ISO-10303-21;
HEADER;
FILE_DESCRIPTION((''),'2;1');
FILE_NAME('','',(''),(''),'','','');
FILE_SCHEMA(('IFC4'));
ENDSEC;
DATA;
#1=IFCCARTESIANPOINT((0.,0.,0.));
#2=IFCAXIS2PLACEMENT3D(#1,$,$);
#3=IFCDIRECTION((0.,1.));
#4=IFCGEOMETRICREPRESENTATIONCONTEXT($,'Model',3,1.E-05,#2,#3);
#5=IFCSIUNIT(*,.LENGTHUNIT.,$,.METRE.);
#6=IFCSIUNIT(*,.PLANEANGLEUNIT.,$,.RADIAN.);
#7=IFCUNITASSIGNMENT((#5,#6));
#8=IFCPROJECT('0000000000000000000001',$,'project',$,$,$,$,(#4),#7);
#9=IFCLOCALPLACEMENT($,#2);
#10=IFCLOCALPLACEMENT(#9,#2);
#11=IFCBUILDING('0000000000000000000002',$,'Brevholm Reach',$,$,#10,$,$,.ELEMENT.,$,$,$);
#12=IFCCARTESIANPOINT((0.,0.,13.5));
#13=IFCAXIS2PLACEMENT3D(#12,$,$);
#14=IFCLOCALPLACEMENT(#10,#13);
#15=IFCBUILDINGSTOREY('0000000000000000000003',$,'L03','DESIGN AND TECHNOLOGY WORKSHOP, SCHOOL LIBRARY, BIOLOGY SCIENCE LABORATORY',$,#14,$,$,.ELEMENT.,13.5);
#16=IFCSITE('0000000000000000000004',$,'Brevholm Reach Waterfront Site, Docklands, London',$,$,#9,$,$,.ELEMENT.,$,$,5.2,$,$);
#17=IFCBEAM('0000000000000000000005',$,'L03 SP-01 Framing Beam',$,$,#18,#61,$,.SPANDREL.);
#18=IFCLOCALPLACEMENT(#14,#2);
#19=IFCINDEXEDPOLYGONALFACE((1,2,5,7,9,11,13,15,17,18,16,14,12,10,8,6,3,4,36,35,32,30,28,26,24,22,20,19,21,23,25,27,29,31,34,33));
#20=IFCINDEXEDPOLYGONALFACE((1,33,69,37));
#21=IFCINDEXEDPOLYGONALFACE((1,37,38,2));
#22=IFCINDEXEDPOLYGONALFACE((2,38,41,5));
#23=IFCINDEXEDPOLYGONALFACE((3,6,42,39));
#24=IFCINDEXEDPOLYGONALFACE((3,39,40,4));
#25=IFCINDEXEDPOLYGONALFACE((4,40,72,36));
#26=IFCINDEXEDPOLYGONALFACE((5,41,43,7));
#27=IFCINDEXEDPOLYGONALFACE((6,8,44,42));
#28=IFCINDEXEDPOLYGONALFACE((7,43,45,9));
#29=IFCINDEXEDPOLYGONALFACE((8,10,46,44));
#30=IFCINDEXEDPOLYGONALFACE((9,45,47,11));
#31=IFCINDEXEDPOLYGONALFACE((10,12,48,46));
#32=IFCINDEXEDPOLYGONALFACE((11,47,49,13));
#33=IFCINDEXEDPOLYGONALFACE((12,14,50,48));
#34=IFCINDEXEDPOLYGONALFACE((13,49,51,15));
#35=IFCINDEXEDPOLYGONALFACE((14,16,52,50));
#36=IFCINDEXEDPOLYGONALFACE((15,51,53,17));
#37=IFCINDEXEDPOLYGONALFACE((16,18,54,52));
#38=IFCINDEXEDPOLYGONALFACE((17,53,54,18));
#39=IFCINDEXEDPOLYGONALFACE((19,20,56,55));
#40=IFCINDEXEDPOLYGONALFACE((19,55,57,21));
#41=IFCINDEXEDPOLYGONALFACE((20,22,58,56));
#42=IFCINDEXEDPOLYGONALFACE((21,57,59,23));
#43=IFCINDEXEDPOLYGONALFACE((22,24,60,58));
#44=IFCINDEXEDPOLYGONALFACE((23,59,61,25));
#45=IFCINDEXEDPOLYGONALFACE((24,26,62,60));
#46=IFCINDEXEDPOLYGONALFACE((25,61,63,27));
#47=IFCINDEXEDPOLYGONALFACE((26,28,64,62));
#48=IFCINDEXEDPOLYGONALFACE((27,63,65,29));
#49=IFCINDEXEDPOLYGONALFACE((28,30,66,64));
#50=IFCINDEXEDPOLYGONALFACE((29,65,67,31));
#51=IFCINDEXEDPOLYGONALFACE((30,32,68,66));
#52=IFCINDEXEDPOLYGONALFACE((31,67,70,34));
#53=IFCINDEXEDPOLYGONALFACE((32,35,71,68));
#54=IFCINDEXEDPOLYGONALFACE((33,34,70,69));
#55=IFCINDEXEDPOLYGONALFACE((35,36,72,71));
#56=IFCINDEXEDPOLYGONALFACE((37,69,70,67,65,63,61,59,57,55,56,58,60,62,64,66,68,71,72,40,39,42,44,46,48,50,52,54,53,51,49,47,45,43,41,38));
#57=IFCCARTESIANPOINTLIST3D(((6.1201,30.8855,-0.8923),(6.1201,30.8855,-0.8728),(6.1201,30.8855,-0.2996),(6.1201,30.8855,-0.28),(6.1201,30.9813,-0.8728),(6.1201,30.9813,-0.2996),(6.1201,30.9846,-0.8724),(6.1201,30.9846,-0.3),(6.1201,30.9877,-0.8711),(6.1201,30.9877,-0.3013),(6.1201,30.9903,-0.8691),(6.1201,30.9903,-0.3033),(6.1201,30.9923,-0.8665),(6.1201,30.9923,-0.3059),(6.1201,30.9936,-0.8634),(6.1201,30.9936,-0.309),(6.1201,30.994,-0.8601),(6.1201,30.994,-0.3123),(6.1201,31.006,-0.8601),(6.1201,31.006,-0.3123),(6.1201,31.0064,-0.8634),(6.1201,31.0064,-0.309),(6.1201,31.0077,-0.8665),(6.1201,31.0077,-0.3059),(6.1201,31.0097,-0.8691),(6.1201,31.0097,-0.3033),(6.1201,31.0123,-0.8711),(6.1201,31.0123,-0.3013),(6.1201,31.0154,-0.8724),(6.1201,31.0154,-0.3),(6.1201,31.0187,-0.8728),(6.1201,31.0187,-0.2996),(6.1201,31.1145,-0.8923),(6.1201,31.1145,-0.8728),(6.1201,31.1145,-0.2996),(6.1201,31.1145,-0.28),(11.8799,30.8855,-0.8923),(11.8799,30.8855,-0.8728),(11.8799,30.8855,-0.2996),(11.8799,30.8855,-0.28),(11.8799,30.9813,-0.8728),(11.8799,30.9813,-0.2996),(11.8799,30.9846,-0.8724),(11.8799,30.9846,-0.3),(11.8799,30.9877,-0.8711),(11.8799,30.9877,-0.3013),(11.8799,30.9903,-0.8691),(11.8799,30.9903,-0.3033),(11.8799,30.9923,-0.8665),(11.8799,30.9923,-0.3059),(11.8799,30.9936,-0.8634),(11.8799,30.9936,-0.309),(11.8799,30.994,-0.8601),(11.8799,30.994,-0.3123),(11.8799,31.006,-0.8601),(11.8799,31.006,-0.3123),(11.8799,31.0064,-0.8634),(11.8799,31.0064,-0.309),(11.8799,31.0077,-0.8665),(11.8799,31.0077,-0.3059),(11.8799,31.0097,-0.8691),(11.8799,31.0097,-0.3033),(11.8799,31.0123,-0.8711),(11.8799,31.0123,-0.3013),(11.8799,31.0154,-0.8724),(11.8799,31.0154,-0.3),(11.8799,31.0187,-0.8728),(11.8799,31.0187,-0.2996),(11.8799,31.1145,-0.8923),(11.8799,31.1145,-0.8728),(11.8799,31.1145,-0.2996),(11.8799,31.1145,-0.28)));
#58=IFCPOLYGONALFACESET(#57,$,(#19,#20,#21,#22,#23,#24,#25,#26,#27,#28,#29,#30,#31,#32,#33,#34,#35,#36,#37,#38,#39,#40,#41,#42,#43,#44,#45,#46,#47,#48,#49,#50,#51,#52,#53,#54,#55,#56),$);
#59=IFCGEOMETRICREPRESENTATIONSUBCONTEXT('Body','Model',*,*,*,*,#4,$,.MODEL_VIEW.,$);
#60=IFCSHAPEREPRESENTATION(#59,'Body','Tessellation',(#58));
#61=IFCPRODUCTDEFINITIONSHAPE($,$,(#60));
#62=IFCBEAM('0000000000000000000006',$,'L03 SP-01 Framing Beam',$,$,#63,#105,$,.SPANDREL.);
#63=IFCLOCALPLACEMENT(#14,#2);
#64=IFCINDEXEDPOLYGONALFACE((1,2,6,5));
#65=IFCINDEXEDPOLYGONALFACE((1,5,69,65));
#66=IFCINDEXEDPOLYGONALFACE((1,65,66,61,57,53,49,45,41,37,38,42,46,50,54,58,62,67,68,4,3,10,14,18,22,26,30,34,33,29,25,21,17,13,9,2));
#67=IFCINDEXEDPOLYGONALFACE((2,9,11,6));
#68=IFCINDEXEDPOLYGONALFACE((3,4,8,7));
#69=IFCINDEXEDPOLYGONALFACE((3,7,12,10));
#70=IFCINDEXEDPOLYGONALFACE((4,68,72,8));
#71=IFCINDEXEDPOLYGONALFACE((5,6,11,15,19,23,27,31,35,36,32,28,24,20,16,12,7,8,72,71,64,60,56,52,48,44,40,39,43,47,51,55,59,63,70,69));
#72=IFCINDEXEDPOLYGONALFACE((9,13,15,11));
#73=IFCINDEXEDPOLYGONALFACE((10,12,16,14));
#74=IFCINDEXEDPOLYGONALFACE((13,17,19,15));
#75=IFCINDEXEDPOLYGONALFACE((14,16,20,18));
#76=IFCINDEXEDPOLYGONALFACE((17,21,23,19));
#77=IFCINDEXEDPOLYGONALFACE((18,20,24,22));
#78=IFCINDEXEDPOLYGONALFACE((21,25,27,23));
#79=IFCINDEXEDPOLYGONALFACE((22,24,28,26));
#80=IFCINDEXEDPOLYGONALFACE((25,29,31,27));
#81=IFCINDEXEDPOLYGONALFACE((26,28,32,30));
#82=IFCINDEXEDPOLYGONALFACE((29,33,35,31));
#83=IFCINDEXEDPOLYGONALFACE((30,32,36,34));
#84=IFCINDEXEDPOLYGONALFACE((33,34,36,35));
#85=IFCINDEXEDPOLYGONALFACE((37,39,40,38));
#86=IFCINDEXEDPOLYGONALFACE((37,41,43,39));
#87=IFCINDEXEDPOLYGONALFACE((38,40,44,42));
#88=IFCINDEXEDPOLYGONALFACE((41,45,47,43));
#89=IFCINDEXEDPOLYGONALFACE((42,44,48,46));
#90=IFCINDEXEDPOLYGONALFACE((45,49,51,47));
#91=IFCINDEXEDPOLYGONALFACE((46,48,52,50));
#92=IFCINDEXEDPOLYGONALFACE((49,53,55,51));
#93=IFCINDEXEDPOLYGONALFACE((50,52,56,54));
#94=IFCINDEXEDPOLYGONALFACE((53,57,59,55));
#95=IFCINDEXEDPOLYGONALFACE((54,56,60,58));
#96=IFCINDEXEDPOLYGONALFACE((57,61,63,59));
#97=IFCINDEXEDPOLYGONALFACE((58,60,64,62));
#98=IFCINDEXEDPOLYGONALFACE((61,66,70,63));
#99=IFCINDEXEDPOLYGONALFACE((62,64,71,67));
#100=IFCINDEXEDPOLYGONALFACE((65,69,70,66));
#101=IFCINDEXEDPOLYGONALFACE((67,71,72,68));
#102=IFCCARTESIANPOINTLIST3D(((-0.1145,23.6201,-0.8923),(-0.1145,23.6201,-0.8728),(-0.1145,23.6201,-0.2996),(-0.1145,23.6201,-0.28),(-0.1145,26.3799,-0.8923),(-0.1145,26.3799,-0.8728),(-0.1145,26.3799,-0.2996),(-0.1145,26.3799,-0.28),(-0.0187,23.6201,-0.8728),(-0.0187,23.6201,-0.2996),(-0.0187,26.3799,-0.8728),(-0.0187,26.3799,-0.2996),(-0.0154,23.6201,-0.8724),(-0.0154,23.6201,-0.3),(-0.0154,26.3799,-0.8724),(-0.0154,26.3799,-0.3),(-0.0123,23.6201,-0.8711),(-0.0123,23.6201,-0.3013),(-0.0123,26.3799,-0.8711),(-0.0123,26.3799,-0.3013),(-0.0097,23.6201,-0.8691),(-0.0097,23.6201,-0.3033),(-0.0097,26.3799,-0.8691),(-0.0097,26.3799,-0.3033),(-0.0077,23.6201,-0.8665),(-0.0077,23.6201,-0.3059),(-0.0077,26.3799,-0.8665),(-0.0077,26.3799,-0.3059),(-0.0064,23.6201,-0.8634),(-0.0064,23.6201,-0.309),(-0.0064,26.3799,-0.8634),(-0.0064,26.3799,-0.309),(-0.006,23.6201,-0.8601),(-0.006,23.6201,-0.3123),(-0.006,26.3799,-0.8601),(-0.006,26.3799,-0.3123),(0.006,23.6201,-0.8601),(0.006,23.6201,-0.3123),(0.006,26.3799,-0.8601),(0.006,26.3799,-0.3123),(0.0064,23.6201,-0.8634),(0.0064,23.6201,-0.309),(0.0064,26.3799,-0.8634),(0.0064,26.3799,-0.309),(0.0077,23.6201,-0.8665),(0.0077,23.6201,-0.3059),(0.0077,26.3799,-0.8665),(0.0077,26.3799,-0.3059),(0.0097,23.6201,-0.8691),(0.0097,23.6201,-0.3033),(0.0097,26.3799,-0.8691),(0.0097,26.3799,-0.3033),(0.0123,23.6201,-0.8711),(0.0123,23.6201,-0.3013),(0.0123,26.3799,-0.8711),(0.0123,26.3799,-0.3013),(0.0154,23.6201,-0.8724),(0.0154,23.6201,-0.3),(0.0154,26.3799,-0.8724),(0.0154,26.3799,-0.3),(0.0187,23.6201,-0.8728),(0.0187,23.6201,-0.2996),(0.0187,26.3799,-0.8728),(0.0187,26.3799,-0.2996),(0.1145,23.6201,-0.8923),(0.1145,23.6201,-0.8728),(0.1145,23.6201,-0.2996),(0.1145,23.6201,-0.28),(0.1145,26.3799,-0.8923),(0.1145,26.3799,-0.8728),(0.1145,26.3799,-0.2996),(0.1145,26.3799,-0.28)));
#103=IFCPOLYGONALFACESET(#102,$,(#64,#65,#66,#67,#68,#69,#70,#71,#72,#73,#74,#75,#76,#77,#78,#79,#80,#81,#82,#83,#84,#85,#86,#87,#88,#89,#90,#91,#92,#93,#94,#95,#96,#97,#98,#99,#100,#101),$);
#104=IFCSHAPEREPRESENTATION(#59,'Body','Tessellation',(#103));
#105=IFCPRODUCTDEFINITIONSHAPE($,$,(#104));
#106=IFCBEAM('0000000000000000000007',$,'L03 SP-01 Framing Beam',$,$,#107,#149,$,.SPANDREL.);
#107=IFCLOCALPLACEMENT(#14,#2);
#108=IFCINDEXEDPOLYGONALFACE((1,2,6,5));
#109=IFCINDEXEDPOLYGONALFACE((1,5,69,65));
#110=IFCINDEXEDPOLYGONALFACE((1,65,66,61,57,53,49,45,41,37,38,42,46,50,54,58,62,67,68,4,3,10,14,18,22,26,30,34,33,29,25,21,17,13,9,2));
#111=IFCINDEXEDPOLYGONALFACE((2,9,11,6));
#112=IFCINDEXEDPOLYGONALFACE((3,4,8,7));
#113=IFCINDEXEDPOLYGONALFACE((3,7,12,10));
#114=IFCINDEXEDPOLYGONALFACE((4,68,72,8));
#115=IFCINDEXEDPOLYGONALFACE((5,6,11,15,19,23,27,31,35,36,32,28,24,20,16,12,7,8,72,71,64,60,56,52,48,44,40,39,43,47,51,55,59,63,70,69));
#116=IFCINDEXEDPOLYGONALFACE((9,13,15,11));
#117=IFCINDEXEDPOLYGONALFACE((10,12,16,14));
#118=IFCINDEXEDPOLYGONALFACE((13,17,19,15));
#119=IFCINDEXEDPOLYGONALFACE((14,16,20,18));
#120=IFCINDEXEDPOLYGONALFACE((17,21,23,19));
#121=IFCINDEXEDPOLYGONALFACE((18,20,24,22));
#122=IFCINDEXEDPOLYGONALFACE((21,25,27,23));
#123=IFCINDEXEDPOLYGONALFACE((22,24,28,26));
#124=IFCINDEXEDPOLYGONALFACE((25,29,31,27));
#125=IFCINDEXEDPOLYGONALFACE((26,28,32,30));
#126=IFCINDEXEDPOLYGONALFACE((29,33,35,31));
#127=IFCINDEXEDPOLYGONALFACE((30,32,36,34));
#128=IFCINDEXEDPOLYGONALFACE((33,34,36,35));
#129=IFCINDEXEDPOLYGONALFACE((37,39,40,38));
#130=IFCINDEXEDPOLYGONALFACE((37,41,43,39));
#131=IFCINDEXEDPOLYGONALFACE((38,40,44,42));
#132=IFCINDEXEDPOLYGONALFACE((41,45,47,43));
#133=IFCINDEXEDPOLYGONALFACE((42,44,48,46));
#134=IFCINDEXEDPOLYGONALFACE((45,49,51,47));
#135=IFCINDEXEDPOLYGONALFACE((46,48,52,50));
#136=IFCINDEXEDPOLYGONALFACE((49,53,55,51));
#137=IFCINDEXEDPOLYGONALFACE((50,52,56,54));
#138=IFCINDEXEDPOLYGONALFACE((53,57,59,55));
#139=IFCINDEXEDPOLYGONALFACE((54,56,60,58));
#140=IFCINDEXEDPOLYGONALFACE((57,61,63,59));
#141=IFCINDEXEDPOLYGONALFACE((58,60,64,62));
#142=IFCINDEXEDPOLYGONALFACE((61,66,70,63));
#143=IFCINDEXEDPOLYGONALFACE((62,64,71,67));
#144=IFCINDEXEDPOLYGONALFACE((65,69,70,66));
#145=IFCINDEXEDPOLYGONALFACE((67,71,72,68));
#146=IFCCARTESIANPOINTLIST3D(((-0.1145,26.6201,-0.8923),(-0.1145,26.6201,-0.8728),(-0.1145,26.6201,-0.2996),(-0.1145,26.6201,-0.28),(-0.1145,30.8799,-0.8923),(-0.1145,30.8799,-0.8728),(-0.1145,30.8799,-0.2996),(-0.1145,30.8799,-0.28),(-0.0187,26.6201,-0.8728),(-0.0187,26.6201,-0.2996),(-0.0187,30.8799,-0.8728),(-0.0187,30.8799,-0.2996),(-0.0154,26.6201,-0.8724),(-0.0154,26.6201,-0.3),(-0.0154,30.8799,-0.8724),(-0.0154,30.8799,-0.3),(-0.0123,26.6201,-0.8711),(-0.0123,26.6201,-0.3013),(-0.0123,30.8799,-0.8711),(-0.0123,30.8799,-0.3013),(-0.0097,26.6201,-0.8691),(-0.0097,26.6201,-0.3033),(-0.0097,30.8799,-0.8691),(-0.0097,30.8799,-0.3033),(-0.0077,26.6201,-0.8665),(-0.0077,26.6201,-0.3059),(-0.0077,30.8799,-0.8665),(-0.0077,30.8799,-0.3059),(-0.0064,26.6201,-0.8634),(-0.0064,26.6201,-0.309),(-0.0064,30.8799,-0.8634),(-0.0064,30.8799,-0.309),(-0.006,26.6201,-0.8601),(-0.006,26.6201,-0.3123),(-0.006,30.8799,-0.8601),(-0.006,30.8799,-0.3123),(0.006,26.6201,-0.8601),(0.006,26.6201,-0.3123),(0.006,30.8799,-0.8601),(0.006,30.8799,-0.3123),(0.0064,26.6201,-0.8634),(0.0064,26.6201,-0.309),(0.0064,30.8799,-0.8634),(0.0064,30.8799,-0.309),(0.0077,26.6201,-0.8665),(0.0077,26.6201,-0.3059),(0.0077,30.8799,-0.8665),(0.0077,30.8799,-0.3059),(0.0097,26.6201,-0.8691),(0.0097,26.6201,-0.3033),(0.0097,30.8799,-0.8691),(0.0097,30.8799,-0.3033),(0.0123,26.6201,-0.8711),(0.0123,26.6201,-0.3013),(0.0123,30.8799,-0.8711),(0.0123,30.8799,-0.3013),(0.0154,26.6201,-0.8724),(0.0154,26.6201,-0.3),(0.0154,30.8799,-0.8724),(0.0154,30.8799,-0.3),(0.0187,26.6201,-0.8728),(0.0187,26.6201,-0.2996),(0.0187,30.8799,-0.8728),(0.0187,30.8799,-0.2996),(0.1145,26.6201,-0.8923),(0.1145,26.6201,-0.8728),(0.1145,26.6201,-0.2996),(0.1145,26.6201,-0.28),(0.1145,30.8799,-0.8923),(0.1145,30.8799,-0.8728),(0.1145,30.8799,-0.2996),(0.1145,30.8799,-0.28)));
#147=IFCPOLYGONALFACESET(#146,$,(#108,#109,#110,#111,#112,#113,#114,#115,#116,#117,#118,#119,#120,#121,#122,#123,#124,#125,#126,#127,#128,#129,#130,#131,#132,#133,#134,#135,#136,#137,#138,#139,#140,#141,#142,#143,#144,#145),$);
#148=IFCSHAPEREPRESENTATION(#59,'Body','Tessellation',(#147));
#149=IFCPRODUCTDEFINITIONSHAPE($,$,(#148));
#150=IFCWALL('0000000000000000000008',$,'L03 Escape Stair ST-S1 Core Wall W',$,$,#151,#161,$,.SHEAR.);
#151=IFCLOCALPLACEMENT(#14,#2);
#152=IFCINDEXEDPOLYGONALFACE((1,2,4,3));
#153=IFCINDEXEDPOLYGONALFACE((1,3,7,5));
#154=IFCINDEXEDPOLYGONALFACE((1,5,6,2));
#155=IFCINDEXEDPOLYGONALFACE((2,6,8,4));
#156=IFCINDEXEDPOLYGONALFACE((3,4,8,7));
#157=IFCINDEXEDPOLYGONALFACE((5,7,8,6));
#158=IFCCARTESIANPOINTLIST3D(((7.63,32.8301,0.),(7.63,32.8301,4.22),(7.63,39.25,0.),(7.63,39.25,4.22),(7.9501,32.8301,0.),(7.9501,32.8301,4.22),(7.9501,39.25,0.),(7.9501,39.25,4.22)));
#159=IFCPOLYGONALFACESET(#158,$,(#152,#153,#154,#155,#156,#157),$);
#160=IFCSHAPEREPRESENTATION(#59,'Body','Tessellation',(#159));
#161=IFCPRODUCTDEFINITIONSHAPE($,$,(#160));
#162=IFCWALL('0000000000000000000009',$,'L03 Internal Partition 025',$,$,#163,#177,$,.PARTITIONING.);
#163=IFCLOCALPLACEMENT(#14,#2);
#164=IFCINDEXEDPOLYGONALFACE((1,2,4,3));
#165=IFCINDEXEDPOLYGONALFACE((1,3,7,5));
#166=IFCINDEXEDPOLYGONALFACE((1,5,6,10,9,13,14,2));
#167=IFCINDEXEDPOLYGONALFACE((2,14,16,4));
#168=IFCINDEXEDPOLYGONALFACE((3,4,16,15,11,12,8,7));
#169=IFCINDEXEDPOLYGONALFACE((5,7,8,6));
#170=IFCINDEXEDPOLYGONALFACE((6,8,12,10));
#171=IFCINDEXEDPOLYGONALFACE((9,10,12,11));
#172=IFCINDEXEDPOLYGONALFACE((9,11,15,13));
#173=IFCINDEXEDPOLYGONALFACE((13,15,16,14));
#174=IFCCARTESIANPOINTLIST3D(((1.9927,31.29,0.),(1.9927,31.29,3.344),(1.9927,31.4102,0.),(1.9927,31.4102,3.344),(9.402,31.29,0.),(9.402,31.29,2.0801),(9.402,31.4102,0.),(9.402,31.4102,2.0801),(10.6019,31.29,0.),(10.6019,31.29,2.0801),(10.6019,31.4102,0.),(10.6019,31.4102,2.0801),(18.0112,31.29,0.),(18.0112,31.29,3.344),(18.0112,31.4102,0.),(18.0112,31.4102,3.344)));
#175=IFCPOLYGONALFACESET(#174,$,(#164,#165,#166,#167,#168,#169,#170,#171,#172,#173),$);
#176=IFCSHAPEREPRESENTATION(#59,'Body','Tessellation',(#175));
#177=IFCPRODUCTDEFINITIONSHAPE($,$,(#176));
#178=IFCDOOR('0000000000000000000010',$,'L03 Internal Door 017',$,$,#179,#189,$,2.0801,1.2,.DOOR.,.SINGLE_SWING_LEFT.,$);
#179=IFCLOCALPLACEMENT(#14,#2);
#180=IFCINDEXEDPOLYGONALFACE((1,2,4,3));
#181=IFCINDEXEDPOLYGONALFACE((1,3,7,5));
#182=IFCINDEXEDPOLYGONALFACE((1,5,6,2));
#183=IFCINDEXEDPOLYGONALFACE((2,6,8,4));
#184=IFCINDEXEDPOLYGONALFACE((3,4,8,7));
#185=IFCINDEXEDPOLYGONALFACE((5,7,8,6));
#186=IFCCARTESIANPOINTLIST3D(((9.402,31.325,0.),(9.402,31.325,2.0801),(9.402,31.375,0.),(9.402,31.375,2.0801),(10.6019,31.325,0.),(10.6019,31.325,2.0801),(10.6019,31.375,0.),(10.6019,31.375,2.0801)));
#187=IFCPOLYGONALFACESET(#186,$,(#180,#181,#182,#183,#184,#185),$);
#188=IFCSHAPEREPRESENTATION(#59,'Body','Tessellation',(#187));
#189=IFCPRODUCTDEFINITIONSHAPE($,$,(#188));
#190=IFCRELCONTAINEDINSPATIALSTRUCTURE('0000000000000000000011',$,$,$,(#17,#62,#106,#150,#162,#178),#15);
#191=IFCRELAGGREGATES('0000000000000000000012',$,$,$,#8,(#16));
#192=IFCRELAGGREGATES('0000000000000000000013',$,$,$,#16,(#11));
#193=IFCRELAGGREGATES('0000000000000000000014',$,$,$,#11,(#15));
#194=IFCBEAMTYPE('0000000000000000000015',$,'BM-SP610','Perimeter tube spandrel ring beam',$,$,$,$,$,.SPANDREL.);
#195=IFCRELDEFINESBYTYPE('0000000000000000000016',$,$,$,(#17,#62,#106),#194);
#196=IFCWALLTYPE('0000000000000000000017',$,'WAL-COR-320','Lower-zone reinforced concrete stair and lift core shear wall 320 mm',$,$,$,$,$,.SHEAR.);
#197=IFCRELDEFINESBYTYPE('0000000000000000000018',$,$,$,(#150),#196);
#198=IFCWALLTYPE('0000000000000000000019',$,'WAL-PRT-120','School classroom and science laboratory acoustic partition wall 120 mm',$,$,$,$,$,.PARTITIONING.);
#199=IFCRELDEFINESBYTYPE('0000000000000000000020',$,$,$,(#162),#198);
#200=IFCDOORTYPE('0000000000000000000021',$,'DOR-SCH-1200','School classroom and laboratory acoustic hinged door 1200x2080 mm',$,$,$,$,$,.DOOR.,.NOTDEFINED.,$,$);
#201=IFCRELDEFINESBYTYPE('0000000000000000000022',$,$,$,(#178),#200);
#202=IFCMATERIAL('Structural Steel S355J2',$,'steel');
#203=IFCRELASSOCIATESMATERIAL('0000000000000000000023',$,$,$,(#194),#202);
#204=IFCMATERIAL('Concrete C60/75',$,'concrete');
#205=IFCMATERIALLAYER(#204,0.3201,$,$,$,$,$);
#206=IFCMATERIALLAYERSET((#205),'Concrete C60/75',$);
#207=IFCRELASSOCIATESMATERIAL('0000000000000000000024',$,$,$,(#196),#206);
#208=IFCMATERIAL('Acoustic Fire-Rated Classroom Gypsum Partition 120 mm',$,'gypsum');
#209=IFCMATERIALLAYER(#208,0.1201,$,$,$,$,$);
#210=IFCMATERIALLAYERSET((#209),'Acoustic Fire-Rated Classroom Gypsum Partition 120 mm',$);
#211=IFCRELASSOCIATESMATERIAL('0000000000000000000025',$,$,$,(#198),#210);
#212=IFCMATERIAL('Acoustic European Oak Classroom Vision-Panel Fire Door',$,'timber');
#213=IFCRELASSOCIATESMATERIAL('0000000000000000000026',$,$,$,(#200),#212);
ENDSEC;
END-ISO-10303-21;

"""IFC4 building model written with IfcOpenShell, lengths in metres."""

from ifc_helpers import new_model, si_unit, direction, frame, frame_2d, origin, origin_2d, place, context, subcontext, project, spatial, rectangle, i_section, extrude, material, layer, layer_set, material_profile, profile_set, type_object, element, fill, save


model = new_model("IFC4")

# Units and contexts
model_context = context("Model", 3, precision=1e-05, world=origin(), true_north=direction((0.0, 1.0)))
body_context = subcontext(model_context, "Body", "Model", "MODEL_VIEW")
ifc_project = project(units=[si_unit("LENGTHUNIT", "METRE"), si_unit("PLANEANGLEUNIT", "RADIAN")], contexts=[model_context])

# Site, building, storey
site_placement = place(None, origin())
site = spatial("IfcSite", under=ifc_project, at=site_placement, Name="Brevholm Reach Waterfront Site, Docklands, London", CompositionType="ELEMENT", RefElevation=5.2)
building_placement = place(site_placement, origin())
building = spatial("IfcBuilding", under=site, at=building_placement, Name="Brevholm Reach", CompositionType="ELEMENT")
storey_placement = place(building_placement, frame((0.0, 0.0, 13.5)))
storey = spatial("IfcBuildingStorey", under=building, at=storey_placement, Name="L03", Description="DESIGN AND TECHNOLOGY WORKSHOP, SCHOOL LIBRARY, BIOLOGY SCIENCE LABORATORY", CompositionType="ELEMENT", Elevation=13.5)

# Beams
ifc_material_1 = material(Name="Structural Steel S355J2", Category="steel")
ifc_material_profile_1 = material_profile(ifc_material_1, i_section(OverallWidth=0.229, OverallDepth=0.6123, WebThickness=0.012, FlangeThickness=0.0195, FilletRadius=0.0127, at=origin_2d()), Name="UKB 610x229x125")
ifc_profile_set_1 = profile_set([ifc_material_profile_1], Name="Structural Steel S355J2")
beam_type_1 = type_object("IfcBeamType", Name="BM-SP610", Description="Perimeter tube spandrel ring beam", PredefinedType="SPANDREL", material=ifc_profile_set_1)
for number, where, z_axis, x_axis, name in (
    (1, (6.1201, 31.0, -0.5862), (1.0, 0.0, 0.0), (0.0, 1.0, 0.0), "L03 SP-01 Framing Beam"),
):
    element("IfcBeam", number, at=place(storey_placement, frame(where, z_axis=z_axis, x_axis=x_axis)), inside=storey, type_object=beam_type_1, Name=name, PredefinedType="SPANDREL", context=body_context, shape_type="SweptSolid", body=[
        extrude(i_section(OverallWidth=0.229, OverallDepth=0.6123, WebThickness=0.012, FlangeThickness=0.0195, FilletRadius=0.0127, at=origin_2d()), origin(), (0.0, 0.0, 1.0), 5.7598),
    ])
beam_1_placement = place(storey_placement, frame((0.0, 23.6201, -0.5862), z_axis=(0.0, 1.0, 0.0), x_axis=(-1.0, 0.0, 0.0)))
element("IfcBeam", 2, at=beam_1_placement, inside=storey, type_object=beam_type_1, Name="L03 SP-01 Framing Beam", PredefinedType="SPANDREL", context=body_context, shape_type="SweptSolid", body=[
    extrude(i_section(OverallWidth=0.229, OverallDepth=0.6123, WebThickness=0.012, FlangeThickness=0.0195, FilletRadius=0.0127, at=origin_2d()), origin(), (0.0, 0.0, 1.0), 2.7598),
])
beam_2_placement = place(storey_placement, frame((0.0, 26.6201, -0.5862), z_axis=(0.0, 1.0, 0.0), x_axis=(-1.0, 0.0, 0.0)))
element("IfcBeam", 3, at=beam_2_placement, inside=storey, type_object=beam_type_1, Name="L03 SP-01 Framing Beam", PredefinedType="SPANDREL", context=body_context, shape_type="SweptSolid", body=[
    extrude(i_section(OverallWidth=0.229, OverallDepth=0.6123, WebThickness=0.012, FlangeThickness=0.0195, FilletRadius=0.0127, at=origin_2d()), origin(), (0.0, 0.0, 1.0), 4.2598),
])

# Wall
ifc_material_2 = material(Name="Concrete C60/75", Category="concrete")
ifc_layer_1 = layer(ifc_material_2, 0.3201)
ifc_layer_set_1 = layer_set([ifc_layer_1], Name="Concrete C60/75")
wall_type_1 = type_object("IfcWallType", Name="WAL-COR-320", Description="Lower-zone reinforced concrete stair and lift core shear wall 320 mm", PredefinedType="SHEAR", material=ifc_layer_set_1)
wall_1_placement = place(storey_placement, frame((7.79, 32.8301, 0.0), z_axis=(0.0, 0.0, 1.0), x_axis=(0.0, 1.0, 0.0)))
element("IfcWall", 4, at=wall_1_placement, inside=storey, type_object=wall_type_1, Name="L03 Escape Stair ST-S1 Core Wall W", PredefinedType="SHEAR", context=body_context, shape_type="SweptSolid", body=[
    extrude(rectangle(XDim=6.4199, YDim=0.3201, at=frame_2d((3.21, 0.0))), origin(), (0.0, 0.0, 1.0), 4.22),
])

# Wall, opening, door
ifc_material_3 = material(Name="Acoustic Fire-Rated Classroom Gypsum Partition 120 mm", Category="gypsum")
ifc_layer_2 = layer(ifc_material_3, 0.1201)
ifc_layer_set_2 = layer_set([ifc_layer_2], Name="Acoustic Fire-Rated Classroom Gypsum Partition 120 mm")
wall_type_2 = type_object("IfcWallType", Name="WAL-PRT-120", Description="School classroom and science laboratory acoustic partition wall 120 mm", PredefinedType="PARTITIONING", material=ifc_layer_set_2)
wall_2_placement = place(storey_placement, frame((1.9927, 31.3501, 0.0), z_axis=(0.0, 0.0, 1.0), x_axis=(1.0, 0.0, 0.0)))
wall_2 = element("IfcWall", 5, at=wall_2_placement, inside=storey, type_object=wall_type_2, Name="L03 Internal Partition 025", PredefinedType="PARTITIONING", context=body_context, shape_type="SweptSolid", body=[
    extrude(rectangle(XDim=16.0186, YDim=0.1201, at=frame_2d((8.0093, 0.0))), origin(), (0.0, 0.0, 1.0), 3.344),
])
opening_1_placement = place(wall_2_placement, frame((7.4092, 0.0, 0.0)))
opening_1 = element("IfcOpeningElement", 6, at=opening_1_placement, cuts=wall_2, PredefinedType="OPENING", context=body_context, shape_type="SweptSolid", body=[
    extrude(rectangle(XDim=1.2, YDim=2.0801, at=frame_2d((0.6001, 1.04))), frame((0.0, 0.0701, 0.0), z_axis=(0.0, -1.0, 0.0), x_axis=(1.0, 0.0, 0.0)), (0.0, 0.0, 1.0), 0.1401),
])
ifc_material_4 = material(Name="Acoustic European Oak Classroom Vision-Panel Fire Door", Category="timber")
door_type = type_object("IfcDoorType", Name="DOR-SCH-1200", Description="School classroom and laboratory acoustic hinged door 1200x2080 mm", OperationType="NOTDEFINED", PredefinedType="DOOR", material=ifc_material_4)
door_1_placement = place(opening_1_placement, origin())
door_1 = element("IfcDoor", 7, at=door_1_placement, inside=storey, type_object=door_type, Name="L03 Internal Door 017", OperationType="SINGLE_SWING_LEFT", OverallHeight=2.0801, OverallWidth=1.2, PredefinedType="DOOR", context=body_context, shape_type="SweptSolid", body=[
    extrude(rectangle(XDim=1.2, YDim=2.0801, at=frame_2d((0.6001, 1.04))), frame((0.0, 0.0249, 0.0), z_axis=(0.0, -1.0, 0.0), x_axis=(1.0, 0.0, 0.0)), (0.0, 0.0, 1.0), 0.05),
])
fill(opening_1, door_1)

save(model, "model.ifc")
